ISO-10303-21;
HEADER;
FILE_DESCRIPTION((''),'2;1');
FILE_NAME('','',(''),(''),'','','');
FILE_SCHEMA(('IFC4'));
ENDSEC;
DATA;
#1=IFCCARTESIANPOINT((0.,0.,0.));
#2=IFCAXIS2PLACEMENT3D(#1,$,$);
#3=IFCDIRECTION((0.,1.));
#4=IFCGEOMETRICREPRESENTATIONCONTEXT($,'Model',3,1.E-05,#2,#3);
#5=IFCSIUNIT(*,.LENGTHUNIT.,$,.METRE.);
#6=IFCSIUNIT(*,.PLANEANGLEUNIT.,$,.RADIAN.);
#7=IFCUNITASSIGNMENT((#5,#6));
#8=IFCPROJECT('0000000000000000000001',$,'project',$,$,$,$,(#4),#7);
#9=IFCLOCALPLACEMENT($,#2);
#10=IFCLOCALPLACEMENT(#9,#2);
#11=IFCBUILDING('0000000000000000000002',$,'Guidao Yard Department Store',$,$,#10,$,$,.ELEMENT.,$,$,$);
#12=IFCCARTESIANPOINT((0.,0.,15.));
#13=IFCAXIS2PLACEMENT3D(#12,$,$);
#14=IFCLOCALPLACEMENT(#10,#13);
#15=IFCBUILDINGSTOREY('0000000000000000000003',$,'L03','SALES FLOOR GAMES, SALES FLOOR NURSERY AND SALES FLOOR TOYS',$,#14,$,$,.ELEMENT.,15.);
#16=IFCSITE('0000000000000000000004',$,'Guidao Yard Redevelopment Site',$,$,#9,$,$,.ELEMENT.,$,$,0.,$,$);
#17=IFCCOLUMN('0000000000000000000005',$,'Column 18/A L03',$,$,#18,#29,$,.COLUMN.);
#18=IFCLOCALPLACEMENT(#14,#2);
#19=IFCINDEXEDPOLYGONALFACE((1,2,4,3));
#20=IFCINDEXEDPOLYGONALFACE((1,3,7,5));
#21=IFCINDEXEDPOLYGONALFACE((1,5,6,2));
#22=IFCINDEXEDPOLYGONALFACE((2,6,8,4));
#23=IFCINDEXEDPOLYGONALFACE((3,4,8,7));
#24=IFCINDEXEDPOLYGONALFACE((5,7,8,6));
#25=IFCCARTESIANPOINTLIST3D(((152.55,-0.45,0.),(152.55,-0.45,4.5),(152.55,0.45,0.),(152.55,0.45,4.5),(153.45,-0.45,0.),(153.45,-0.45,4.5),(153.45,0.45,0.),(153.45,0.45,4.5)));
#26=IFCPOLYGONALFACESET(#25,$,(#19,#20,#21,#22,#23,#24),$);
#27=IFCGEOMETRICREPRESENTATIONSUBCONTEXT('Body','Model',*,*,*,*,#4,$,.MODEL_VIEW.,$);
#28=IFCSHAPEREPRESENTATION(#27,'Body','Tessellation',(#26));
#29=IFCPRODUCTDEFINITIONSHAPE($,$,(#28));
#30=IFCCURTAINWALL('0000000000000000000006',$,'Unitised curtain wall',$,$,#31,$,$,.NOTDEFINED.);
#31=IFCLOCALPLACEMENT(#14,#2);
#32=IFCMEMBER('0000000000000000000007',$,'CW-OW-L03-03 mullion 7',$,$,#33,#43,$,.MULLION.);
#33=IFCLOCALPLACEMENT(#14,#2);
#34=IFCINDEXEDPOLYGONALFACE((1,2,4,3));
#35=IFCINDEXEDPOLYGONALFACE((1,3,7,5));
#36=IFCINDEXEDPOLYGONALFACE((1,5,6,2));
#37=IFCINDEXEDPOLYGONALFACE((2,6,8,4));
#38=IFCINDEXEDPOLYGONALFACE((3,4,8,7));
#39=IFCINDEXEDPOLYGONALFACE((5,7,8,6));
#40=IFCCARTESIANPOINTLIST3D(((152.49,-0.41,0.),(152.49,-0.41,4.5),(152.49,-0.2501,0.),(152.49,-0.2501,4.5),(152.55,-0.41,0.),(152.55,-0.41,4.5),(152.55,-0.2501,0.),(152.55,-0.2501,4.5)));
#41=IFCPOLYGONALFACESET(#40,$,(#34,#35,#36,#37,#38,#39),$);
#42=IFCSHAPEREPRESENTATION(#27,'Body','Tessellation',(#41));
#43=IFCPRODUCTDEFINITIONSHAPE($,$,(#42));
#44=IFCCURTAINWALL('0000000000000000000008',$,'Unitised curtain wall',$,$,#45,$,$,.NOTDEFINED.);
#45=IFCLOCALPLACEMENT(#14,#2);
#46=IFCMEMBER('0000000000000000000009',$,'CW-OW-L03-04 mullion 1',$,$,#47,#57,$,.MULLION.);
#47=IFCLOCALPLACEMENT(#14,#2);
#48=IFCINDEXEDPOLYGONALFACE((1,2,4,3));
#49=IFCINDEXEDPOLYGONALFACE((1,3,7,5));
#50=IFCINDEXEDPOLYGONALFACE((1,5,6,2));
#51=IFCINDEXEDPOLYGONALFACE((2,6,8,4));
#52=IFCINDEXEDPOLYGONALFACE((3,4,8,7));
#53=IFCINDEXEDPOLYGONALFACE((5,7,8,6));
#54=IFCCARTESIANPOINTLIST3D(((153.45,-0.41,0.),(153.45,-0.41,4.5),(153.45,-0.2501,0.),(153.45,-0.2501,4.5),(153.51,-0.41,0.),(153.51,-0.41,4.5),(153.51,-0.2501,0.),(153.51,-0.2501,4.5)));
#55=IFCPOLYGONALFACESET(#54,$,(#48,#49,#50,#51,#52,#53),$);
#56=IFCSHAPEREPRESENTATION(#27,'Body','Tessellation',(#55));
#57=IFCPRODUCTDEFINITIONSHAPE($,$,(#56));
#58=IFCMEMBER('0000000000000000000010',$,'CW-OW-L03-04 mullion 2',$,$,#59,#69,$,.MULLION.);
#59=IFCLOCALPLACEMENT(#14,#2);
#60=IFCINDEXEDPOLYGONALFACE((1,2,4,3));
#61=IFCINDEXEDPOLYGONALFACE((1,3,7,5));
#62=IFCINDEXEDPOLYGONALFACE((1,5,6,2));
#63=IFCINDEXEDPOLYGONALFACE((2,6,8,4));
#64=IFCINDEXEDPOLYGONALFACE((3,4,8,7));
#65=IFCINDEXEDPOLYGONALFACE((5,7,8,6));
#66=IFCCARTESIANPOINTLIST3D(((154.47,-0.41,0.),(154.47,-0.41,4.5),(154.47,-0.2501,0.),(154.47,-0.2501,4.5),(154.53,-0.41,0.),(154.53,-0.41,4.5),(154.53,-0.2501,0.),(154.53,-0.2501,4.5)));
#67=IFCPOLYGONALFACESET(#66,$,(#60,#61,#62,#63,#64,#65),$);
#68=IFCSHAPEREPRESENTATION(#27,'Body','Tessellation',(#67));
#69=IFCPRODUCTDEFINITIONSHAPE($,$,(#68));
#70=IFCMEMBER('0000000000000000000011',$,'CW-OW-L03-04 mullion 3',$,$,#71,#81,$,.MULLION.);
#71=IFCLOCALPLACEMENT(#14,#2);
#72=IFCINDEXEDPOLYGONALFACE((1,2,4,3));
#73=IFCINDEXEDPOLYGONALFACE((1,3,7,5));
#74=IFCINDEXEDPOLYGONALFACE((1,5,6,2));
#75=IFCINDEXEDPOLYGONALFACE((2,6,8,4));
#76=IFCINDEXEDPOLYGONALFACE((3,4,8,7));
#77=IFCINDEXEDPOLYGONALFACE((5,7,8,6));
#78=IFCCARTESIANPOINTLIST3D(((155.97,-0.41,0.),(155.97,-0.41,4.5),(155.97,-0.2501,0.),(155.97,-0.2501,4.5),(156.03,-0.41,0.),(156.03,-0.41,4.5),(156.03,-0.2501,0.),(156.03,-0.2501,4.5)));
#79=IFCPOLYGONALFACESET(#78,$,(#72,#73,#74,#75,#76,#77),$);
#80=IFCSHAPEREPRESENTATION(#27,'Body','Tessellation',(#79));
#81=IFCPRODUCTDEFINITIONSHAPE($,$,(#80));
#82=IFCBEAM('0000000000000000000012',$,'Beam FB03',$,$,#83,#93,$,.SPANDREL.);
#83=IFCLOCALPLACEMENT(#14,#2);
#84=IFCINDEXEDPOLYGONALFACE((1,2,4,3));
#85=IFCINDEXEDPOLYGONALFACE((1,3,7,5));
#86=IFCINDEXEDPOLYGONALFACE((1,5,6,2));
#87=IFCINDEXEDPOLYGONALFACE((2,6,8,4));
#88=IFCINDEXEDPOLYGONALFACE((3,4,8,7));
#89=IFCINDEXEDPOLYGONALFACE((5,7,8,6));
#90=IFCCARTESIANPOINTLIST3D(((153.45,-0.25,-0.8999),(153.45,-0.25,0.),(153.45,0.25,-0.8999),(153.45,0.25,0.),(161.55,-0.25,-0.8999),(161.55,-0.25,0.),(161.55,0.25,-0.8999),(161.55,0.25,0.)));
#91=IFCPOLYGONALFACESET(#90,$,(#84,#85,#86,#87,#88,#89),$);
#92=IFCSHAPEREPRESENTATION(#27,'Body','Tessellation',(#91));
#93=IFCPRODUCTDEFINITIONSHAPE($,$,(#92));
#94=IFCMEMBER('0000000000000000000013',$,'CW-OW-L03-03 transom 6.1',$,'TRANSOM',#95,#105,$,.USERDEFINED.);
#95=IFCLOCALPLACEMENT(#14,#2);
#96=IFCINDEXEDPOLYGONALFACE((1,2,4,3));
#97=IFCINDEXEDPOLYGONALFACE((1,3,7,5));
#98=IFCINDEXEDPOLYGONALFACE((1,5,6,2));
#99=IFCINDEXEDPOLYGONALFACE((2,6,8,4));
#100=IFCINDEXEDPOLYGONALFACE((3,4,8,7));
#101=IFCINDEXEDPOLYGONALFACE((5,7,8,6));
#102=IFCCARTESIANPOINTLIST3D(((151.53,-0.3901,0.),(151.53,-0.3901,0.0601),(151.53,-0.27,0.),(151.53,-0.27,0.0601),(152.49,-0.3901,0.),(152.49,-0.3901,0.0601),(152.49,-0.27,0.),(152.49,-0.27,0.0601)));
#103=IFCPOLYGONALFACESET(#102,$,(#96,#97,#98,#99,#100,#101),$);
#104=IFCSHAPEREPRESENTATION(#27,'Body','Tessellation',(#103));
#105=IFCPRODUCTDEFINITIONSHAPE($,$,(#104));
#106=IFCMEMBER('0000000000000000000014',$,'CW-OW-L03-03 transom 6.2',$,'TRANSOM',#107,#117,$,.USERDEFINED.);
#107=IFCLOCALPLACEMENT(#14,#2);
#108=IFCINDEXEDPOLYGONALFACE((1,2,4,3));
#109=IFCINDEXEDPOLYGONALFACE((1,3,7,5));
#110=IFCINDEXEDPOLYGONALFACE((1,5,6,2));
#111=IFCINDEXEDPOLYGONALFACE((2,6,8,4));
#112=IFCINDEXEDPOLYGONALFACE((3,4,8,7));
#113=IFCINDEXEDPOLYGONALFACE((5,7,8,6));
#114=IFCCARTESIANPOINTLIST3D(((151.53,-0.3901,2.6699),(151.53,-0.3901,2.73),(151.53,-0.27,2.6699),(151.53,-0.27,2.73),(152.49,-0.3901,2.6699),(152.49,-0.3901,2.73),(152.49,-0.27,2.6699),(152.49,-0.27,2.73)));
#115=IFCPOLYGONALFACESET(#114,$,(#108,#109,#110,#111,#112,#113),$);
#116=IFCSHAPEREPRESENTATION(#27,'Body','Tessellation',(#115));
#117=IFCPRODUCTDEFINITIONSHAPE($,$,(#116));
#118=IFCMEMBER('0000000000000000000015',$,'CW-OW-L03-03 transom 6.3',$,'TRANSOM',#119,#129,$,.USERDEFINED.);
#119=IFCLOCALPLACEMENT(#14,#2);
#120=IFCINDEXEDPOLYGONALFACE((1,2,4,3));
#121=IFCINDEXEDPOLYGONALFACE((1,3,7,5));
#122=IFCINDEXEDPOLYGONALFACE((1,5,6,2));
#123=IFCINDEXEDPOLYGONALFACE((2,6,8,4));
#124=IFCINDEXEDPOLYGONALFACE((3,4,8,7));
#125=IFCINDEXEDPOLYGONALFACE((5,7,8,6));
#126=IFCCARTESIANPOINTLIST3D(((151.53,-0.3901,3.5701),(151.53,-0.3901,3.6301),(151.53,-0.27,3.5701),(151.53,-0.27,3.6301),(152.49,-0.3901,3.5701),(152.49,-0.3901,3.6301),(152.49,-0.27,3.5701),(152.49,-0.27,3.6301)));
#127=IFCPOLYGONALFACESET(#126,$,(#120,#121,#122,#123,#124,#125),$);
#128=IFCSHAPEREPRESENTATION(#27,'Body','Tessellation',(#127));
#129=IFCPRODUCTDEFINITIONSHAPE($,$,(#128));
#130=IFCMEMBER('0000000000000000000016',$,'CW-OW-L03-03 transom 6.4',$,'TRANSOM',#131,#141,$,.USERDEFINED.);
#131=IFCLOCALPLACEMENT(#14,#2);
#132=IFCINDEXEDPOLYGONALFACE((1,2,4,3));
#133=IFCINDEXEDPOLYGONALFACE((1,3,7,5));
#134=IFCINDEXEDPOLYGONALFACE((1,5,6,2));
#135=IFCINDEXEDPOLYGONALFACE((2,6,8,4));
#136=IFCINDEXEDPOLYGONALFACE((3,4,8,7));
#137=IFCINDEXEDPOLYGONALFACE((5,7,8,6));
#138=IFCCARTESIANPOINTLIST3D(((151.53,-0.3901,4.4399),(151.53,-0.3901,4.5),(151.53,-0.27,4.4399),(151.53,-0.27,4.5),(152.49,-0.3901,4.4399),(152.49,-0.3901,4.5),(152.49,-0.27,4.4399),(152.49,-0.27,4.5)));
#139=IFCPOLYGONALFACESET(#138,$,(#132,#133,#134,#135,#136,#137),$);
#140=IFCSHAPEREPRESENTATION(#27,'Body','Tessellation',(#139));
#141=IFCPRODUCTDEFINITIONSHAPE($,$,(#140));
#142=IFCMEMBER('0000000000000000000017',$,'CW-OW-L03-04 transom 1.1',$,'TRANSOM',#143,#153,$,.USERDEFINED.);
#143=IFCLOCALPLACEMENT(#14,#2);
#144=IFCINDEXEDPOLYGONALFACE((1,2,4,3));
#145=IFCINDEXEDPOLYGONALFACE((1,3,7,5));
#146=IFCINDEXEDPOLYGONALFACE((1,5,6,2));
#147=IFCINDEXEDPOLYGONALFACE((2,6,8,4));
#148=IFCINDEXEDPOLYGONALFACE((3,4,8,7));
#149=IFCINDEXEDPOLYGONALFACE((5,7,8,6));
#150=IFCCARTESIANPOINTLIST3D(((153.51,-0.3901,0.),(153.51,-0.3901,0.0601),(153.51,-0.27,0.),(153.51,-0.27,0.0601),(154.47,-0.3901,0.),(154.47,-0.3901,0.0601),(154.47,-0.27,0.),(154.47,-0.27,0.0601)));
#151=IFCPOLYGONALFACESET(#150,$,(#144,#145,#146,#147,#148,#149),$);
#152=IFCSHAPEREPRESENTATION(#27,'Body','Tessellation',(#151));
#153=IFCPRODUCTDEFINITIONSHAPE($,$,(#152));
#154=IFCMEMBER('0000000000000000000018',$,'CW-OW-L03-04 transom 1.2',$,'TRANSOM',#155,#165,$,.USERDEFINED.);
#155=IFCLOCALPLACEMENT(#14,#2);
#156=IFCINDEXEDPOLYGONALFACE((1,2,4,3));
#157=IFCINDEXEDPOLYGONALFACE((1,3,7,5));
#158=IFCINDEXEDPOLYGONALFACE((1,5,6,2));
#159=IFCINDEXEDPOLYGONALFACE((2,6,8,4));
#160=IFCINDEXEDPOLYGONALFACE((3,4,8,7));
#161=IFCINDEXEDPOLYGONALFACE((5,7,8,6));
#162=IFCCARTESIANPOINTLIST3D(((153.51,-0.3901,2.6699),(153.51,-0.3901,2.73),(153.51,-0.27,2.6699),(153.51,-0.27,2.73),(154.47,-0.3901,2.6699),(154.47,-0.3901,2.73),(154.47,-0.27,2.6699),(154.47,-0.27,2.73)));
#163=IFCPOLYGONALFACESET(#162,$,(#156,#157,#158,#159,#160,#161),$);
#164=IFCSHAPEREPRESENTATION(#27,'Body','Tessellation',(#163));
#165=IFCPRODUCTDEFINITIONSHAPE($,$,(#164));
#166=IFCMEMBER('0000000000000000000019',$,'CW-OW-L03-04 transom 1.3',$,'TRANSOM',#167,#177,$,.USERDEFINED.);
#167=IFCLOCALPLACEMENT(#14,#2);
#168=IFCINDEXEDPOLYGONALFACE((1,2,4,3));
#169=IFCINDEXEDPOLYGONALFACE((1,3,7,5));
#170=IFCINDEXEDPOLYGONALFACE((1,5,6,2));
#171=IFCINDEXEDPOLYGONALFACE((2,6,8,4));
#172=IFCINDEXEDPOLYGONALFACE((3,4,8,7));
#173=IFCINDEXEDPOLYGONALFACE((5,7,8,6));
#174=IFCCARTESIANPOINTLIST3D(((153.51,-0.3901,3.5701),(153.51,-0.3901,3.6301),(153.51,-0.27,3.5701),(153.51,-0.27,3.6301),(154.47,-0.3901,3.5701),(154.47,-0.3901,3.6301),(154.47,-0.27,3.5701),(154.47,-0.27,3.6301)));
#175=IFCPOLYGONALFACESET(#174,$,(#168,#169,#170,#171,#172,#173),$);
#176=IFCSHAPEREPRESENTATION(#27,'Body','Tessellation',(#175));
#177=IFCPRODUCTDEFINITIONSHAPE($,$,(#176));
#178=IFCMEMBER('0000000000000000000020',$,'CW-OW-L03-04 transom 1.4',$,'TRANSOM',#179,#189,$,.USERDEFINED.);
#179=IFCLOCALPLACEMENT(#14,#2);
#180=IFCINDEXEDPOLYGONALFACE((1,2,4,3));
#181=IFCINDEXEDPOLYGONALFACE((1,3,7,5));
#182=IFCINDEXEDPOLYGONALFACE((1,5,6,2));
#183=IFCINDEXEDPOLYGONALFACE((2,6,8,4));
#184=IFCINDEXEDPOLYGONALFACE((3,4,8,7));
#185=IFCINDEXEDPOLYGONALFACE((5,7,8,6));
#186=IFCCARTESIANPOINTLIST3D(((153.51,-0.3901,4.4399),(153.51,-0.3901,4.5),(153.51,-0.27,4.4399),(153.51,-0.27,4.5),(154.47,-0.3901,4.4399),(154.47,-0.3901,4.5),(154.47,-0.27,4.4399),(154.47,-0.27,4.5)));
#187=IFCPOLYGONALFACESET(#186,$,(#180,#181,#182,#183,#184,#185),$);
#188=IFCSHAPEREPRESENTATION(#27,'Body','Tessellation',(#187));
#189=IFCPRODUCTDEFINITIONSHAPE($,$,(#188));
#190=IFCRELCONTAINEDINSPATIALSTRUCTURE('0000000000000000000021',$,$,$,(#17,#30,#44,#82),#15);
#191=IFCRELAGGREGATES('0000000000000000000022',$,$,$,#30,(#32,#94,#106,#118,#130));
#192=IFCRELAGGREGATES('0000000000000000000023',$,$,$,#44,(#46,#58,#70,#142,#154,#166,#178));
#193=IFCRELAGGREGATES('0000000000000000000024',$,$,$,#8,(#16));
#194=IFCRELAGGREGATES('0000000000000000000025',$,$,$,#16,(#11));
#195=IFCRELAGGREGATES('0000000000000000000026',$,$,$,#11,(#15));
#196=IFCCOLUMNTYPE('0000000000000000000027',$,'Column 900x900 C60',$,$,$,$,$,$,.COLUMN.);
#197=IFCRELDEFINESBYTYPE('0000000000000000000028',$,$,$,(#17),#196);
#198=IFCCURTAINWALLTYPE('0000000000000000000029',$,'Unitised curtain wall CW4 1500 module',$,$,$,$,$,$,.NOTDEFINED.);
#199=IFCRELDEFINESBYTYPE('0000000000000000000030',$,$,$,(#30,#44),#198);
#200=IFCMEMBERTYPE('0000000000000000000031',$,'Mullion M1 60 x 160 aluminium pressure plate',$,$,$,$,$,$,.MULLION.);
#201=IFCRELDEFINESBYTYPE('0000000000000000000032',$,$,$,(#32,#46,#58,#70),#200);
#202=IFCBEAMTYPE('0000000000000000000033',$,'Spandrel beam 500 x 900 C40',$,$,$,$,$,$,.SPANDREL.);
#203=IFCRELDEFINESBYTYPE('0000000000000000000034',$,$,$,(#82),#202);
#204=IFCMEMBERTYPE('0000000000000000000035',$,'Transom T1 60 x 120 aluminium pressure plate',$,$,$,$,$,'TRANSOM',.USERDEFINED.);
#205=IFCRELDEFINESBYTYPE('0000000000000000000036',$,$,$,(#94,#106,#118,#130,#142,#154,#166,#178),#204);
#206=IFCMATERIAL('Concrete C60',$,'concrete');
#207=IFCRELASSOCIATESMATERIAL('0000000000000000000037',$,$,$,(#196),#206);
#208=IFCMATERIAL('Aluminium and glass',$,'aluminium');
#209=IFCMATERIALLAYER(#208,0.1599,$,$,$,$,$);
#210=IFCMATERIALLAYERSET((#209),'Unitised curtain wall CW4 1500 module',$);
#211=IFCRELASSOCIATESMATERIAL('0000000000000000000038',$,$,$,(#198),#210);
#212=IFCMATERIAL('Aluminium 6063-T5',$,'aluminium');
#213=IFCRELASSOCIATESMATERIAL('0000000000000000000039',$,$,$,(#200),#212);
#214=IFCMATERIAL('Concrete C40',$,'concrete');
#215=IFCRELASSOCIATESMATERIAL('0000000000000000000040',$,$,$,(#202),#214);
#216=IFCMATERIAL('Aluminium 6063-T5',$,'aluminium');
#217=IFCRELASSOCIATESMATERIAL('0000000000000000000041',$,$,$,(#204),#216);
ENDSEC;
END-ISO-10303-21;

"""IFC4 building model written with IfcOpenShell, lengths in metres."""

from ifc_helpers import new_model, si_unit, direction, frame, origin, origin_2d, place, context, subcontext, project, spatial, rectangle, extrude, material, layer, layer_set, material_profile, profile_set, type_object, element, aggregate, save


model = new_model("IFC4")

# Units and contexts
model_context = context("Model", 3, precision=1e-05, world=origin(), true_north=direction((0.0, 1.0)))
body_context = subcontext(model_context, "Body", "Model", "MODEL_VIEW")
ifc_project = project(units=[si_unit("LENGTHUNIT", "METRE"), si_unit("PLANEANGLEUNIT", "RADIAN")], contexts=[model_context])

# Site, building, storey
site_placement = place(None, origin())
site = spatial("IfcSite", under=ifc_project, at=site_placement, Name="Guidao Yard Redevelopment Site", CompositionType="ELEMENT", RefElevation=0.0)
building_placement = place(site_placement, origin())
building = spatial("IfcBuilding", under=site, at=building_placement, Name="Guidao Yard Department Store", CompositionType="ELEMENT")
storey_placement = place(building_placement, frame((0.0, 0.0, 15.0)))
storey = spatial("IfcBuildingStorey", under=building, at=storey_placement, Name="L03", Description="SALES FLOOR GAMES, SALES FLOOR NURSERY AND SALES FLOOR TOYS", CompositionType="ELEMENT", Elevation=15.0)

# Column
ifc_material_1 = material(Name="Concrete C60", Category="concrete")
ifc_material_profile_1 = material_profile(ifc_material_1, rectangle(XDim=0.8999, YDim=0.8999, at=origin_2d()), Name="COL 900x900")
ifc_profile_set_1 = profile_set([ifc_material_profile_1], Name="Concrete C60")
column_type = type_object("IfcColumnType", Name="Column 900x900 C60", PredefinedType="COLUMN", material=ifc_profile_set_1)
column_placement = place(storey_placement, frame((153.0, 0.0, 0.0), z_axis=(0.0, 0.0, 1.0), x_axis=(1.0, 0.0, 0.0)))
element("IfcColumn", 1, at=column_placement, inside=storey, type_object=column_type, Name="Column 18/A L03", PredefinedType="COLUMN", context=body_context, shape_type="SweptSolid", body=[
    extrude(rectangle(XDim=0.8999, YDim=0.8999, at=origin_2d()), origin(), (0.0, 0.0, 1.0), 4.5),
])

# Curtain wall, member
ifc_material_2 = material(Name="Aluminium and glass", Category="aluminium")
ifc_layer_1 = layer(ifc_material_2, 0.1599)
ifc_layer_set_1 = layer_set([ifc_layer_1], Name="Unitised curtain wall CW4 1500 module")
curtain_wall_type = type_object("IfcCurtainWallType", Name="Unitised curtain wall CW4 1500 module", PredefinedType="NOTDEFINED", material=ifc_layer_set_1)
curtain_wall_1_placement = place(storey_placement, origin())
curtain_wall_1 = element("IfcCurtainWall", 2, at=curtain_wall_1_placement, inside=storey, type_object=curtain_wall_type, Name="Unitised curtain wall", PredefinedType="NOTDEFINED")
ifc_material_3 = material(Name="Aluminium 6063-T5", Category="aluminium")
ifc_material_profile_2 = material_profile(ifc_material_3, rectangle(XDim=0.0601, YDim=0.1599, at=origin_2d()), Name="Mullion M1 60 x 160 aluminium pressure plate")
ifc_profile_set_2 = profile_set([ifc_material_profile_2], Name="Aluminium 6063-T5")
member_type_1 = type_object("IfcMemberType", Name="Mullion M1 60 x 160 aluminium pressure plate", PredefinedType="MULLION", material=ifc_profile_set_2)
member_1_placement = place(storey_placement, frame((152.52, -0.3301, 0.0), z_axis=(0.0, 0.0, 1.0), x_axis=(-1.0, 0.0, 0.0)))
member_1 = element("IfcMember", 3, at=member_1_placement, type_object=member_type_1, Name="CW-OW-L03-03 mullion 7", PredefinedType="MULLION", context=body_context, shape_type="SweptSolid", body=[
    extrude(rectangle(XDim=0.0601, YDim=0.1599, at=origin_2d()), origin(), (0.0, 0.0, 1.0), 4.5),
])

# Curtain wall, members
curtain_wall_2_placement = place(storey_placement, origin())
curtain_wall_2 = element("IfcCurtainWall", 4, at=curtain_wall_2_placement, inside=storey, type_object=curtain_wall_type, Name="Unitised curtain wall", PredefinedType="NOTDEFINED")
member_2_placement = place(storey_placement, frame((153.48, -0.3301, 0.0), z_axis=(0.0, 0.0, 1.0), x_axis=(-1.0, 0.0, 0.0)))
member_2 = element("IfcMember", 5, at=member_2_placement, type_object=member_type_1, Name="CW-OW-L03-04 mullion 1", PredefinedType="MULLION", context=body_context, shape_type="SweptSolid", body=[
    extrude(rectangle(XDim=0.0601, YDim=0.1599, at=origin_2d()), origin(), (0.0, 0.0, 1.0), 4.5),
])
member_3_placement = place(storey_placement, frame((154.5, -0.3301, 0.0), z_axis=(0.0, 0.0, 1.0), x_axis=(-1.0, 0.0, 0.0)))
member_3 = element("IfcMember", 6, at=member_3_placement, type_object=member_type_1, Name="CW-OW-L03-04 mullion 2", PredefinedType="MULLION", context=body_context, shape_type="SweptSolid", body=[
    extrude(rectangle(XDim=0.0601, YDim=0.1599, at=origin_2d()), origin(), (0.0, 0.0, 1.0), 4.5),
])
member_4_placement = place(storey_placement, frame((156.0, -0.3301, 0.0), z_axis=(0.0, 0.0, 1.0), x_axis=(-1.0, 0.0, 0.0)))
member_4 = element("IfcMember", 7, at=member_4_placement, type_object=member_type_1, Name="CW-OW-L03-04 mullion 3", PredefinedType="MULLION", context=body_context, shape_type="SweptSolid", body=[
    extrude(rectangle(XDim=0.0601, YDim=0.1599, at=origin_2d()), origin(), (0.0, 0.0, 1.0), 4.5),
])

# Beam
ifc_material_4 = material(Name="Concrete C40", Category="concrete")
ifc_material_profile_3 = material_profile(ifc_material_4, rectangle(XDim=0.5, YDim=0.8999, at=origin_2d()), Name="Spandrel beam 500 x 900 C40")
ifc_profile_set_3 = profile_set([ifc_material_profile_3], Name="Concrete C40")
beam_type = type_object("IfcBeamType", Name="Spandrel beam 500 x 900 C40", PredefinedType="SPANDREL", material=ifc_profile_set_3)
beam_placement = place(storey_placement, frame((153.45, 0.0, -0.45), z_axis=(1.0, 0.0, 0.0), x_axis=(0.0, 1.0, 0.0)))
element("IfcBeam", 8, at=beam_placement, inside=storey, type_object=beam_type, Name="Beam FB03", PredefinedType="SPANDREL", context=body_context, shape_type="SweptSolid", body=[
    extrude(rectangle(XDim=0.5, YDim=0.8999, at=origin_2d()), origin(), (0.0, 0.0, 1.0), 8.1001),
])

# Members
ifc_material_5 = material(Name="Aluminium 6063-T5", Category="aluminium")
ifc_material_profile_4 = material_profile(ifc_material_5, rectangle(XDim=0.1201, YDim=0.0601, at=origin_2d()), Name="Transom T1 60 x 120 aluminium pressure plate")
ifc_profile_set_4 = profile_set([ifc_material_profile_4], Name="Aluminium 6063-T5")
member_type_2 = type_object("IfcMemberType", Name="Transom T1 60 x 120 aluminium pressure plate", ElementType="TRANSOM", PredefinedType="USERDEFINED", material=ifc_profile_set_4)
member_5_placement = place(storey_placement, frame((152.49, -0.3301, 0.03), z_axis=(-1.0, 0.0, 0.0), x_axis=(0.0, -1.0, 0.0)))
member_5 = element("IfcMember", 9, at=member_5_placement, type_object=member_type_2, Name="CW-OW-L03-03 transom 6.1", ObjectType="TRANSOM", PredefinedType="USERDEFINED", context=body_context, shape_type="SweptSolid", body=[
    extrude(rectangle(XDim=0.1201, YDim=0.0601, at=origin_2d()), origin(), (0.0, 0.0, 1.0), 0.96),
])
member_6_placement = place(storey_placement, frame((152.49, -0.3301, 2.7), z_axis=(-1.0, 0.0, 0.0), x_axis=(0.0, -1.0, 0.0)))
member_6 = element("IfcMember", 10, at=member_6_placement, type_object=member_type_2, Name="CW-OW-L03-03 transom 6.2", ObjectType="TRANSOM", PredefinedType="USERDEFINED", context=body_context, shape_type="SweptSolid", body=[
    extrude(rectangle(XDim=0.1201, YDim=0.0601, at=origin_2d()), origin(), (0.0, 0.0, 1.0), 0.96),
])
member_7_placement = place(storey_placement, frame((152.49, -0.3301, 3.6001), z_axis=(-1.0, 0.0, 0.0), x_axis=(0.0, -1.0, 0.0)))
member_7 = element("IfcMember", 11, at=member_7_placement, type_object=member_type_2, Name="CW-OW-L03-03 transom 6.3", ObjectType="TRANSOM", PredefinedType="USERDEFINED", context=body_context, shape_type="SweptSolid", body=[
    extrude(rectangle(XDim=0.1201, YDim=0.0601, at=origin_2d()), origin(), (0.0, 0.0, 1.0), 0.96),
])
member_8_placement = place(storey_placement, frame((152.49, -0.3301, 4.47), z_axis=(-1.0, 0.0, 0.0), x_axis=(0.0, -1.0, 0.0)))
member_8 = element("IfcMember", 12, at=member_8_placement, type_object=member_type_2, Name="CW-OW-L03-03 transom 6.4", ObjectType="TRANSOM", PredefinedType="USERDEFINED", context=body_context, shape_type="SweptSolid", body=[
    extrude(rectangle(XDim=0.1201, YDim=0.0601, at=origin_2d()), origin(), (0.0, 0.0, 1.0), 0.96),
])
aggregate(curtain_wall_1, [member_1, member_5, member_6, member_7, member_8])
member_9_placement = place(storey_placement, frame((154.47, -0.3301, 0.03), z_axis=(-1.0, 0.0, 0.0), x_axis=(0.0, -1.0, 0.0)))
member_9 = element("IfcMember", 13, at=member_9_placement, type_object=member_type_2, Name="CW-OW-L03-04 transom 1.1", ObjectType="TRANSOM", PredefinedType="USERDEFINED", context=body_context, shape_type="SweptSolid", body=[
    extrude(rectangle(XDim=0.1201, YDim=0.0601, at=origin_2d()), origin(), (0.0, 0.0, 1.0), 0.96),
])
member_10_placement = place(storey_placement, frame((154.47, -0.3301, 2.7), z_axis=(-1.0, 0.0, 0.0), x_axis=(0.0, -1.0, 0.0)))
member_10 = element("IfcMember", 14, at=member_10_placement, type_object=member_type_2, Name="CW-OW-L03-04 transom 1.2", ObjectType="TRANSOM", PredefinedType="USERDEFINED", context=body_context, shape_type="SweptSolid", body=[
    extrude(rectangle(XDim=0.1201, YDim=0.0601, at=origin_2d()), origin(), (0.0, 0.0, 1.0), 0.96),
])
member_11_placement = place(storey_placement, frame((154.47, -0.3301, 3.6001), z_axis=(-1.0, 0.0, 0.0), x_axis=(0.0, -1.0, 0.0)))
member_11 = element("IfcMember", 15, at=member_11_placement, type_object=member_type_2, Name="CW-OW-L03-04 transom 1.3", ObjectType="TRANSOM", PredefinedType="USERDEFINED", context=body_context, shape_type="SweptSolid", body=[
    extrude(rectangle(XDim=0.1201, YDim=0.0601, at=origin_2d()), origin(), (0.0, 0.0, 1.0), 0.96),
])
member_12_placement = place(storey_placement, frame((154.47, -0.3301, 4.47), z_axis=(-1.0, 0.0, 0.0), x_axis=(0.0, -1.0, 0.0)))
member_12 = element("IfcMember", 16, at=member_12_placement, type_object=member_type_2, Name="CW-OW-L03-04 transom 1.4", ObjectType="TRANSOM", PredefinedType="USERDEFINED", context=body_context, shape_type="SweptSolid", body=[
    extrude(rectangle(XDim=0.1201, YDim=0.0601, at=origin_2d()), origin(), (0.0, 0.0, 1.0), 0.96),
])

aggregate(curtain_wall_2, [member_2, member_3, member_4, member_9, member_10, member_11, member_12])

save(model, "model.ifc")
